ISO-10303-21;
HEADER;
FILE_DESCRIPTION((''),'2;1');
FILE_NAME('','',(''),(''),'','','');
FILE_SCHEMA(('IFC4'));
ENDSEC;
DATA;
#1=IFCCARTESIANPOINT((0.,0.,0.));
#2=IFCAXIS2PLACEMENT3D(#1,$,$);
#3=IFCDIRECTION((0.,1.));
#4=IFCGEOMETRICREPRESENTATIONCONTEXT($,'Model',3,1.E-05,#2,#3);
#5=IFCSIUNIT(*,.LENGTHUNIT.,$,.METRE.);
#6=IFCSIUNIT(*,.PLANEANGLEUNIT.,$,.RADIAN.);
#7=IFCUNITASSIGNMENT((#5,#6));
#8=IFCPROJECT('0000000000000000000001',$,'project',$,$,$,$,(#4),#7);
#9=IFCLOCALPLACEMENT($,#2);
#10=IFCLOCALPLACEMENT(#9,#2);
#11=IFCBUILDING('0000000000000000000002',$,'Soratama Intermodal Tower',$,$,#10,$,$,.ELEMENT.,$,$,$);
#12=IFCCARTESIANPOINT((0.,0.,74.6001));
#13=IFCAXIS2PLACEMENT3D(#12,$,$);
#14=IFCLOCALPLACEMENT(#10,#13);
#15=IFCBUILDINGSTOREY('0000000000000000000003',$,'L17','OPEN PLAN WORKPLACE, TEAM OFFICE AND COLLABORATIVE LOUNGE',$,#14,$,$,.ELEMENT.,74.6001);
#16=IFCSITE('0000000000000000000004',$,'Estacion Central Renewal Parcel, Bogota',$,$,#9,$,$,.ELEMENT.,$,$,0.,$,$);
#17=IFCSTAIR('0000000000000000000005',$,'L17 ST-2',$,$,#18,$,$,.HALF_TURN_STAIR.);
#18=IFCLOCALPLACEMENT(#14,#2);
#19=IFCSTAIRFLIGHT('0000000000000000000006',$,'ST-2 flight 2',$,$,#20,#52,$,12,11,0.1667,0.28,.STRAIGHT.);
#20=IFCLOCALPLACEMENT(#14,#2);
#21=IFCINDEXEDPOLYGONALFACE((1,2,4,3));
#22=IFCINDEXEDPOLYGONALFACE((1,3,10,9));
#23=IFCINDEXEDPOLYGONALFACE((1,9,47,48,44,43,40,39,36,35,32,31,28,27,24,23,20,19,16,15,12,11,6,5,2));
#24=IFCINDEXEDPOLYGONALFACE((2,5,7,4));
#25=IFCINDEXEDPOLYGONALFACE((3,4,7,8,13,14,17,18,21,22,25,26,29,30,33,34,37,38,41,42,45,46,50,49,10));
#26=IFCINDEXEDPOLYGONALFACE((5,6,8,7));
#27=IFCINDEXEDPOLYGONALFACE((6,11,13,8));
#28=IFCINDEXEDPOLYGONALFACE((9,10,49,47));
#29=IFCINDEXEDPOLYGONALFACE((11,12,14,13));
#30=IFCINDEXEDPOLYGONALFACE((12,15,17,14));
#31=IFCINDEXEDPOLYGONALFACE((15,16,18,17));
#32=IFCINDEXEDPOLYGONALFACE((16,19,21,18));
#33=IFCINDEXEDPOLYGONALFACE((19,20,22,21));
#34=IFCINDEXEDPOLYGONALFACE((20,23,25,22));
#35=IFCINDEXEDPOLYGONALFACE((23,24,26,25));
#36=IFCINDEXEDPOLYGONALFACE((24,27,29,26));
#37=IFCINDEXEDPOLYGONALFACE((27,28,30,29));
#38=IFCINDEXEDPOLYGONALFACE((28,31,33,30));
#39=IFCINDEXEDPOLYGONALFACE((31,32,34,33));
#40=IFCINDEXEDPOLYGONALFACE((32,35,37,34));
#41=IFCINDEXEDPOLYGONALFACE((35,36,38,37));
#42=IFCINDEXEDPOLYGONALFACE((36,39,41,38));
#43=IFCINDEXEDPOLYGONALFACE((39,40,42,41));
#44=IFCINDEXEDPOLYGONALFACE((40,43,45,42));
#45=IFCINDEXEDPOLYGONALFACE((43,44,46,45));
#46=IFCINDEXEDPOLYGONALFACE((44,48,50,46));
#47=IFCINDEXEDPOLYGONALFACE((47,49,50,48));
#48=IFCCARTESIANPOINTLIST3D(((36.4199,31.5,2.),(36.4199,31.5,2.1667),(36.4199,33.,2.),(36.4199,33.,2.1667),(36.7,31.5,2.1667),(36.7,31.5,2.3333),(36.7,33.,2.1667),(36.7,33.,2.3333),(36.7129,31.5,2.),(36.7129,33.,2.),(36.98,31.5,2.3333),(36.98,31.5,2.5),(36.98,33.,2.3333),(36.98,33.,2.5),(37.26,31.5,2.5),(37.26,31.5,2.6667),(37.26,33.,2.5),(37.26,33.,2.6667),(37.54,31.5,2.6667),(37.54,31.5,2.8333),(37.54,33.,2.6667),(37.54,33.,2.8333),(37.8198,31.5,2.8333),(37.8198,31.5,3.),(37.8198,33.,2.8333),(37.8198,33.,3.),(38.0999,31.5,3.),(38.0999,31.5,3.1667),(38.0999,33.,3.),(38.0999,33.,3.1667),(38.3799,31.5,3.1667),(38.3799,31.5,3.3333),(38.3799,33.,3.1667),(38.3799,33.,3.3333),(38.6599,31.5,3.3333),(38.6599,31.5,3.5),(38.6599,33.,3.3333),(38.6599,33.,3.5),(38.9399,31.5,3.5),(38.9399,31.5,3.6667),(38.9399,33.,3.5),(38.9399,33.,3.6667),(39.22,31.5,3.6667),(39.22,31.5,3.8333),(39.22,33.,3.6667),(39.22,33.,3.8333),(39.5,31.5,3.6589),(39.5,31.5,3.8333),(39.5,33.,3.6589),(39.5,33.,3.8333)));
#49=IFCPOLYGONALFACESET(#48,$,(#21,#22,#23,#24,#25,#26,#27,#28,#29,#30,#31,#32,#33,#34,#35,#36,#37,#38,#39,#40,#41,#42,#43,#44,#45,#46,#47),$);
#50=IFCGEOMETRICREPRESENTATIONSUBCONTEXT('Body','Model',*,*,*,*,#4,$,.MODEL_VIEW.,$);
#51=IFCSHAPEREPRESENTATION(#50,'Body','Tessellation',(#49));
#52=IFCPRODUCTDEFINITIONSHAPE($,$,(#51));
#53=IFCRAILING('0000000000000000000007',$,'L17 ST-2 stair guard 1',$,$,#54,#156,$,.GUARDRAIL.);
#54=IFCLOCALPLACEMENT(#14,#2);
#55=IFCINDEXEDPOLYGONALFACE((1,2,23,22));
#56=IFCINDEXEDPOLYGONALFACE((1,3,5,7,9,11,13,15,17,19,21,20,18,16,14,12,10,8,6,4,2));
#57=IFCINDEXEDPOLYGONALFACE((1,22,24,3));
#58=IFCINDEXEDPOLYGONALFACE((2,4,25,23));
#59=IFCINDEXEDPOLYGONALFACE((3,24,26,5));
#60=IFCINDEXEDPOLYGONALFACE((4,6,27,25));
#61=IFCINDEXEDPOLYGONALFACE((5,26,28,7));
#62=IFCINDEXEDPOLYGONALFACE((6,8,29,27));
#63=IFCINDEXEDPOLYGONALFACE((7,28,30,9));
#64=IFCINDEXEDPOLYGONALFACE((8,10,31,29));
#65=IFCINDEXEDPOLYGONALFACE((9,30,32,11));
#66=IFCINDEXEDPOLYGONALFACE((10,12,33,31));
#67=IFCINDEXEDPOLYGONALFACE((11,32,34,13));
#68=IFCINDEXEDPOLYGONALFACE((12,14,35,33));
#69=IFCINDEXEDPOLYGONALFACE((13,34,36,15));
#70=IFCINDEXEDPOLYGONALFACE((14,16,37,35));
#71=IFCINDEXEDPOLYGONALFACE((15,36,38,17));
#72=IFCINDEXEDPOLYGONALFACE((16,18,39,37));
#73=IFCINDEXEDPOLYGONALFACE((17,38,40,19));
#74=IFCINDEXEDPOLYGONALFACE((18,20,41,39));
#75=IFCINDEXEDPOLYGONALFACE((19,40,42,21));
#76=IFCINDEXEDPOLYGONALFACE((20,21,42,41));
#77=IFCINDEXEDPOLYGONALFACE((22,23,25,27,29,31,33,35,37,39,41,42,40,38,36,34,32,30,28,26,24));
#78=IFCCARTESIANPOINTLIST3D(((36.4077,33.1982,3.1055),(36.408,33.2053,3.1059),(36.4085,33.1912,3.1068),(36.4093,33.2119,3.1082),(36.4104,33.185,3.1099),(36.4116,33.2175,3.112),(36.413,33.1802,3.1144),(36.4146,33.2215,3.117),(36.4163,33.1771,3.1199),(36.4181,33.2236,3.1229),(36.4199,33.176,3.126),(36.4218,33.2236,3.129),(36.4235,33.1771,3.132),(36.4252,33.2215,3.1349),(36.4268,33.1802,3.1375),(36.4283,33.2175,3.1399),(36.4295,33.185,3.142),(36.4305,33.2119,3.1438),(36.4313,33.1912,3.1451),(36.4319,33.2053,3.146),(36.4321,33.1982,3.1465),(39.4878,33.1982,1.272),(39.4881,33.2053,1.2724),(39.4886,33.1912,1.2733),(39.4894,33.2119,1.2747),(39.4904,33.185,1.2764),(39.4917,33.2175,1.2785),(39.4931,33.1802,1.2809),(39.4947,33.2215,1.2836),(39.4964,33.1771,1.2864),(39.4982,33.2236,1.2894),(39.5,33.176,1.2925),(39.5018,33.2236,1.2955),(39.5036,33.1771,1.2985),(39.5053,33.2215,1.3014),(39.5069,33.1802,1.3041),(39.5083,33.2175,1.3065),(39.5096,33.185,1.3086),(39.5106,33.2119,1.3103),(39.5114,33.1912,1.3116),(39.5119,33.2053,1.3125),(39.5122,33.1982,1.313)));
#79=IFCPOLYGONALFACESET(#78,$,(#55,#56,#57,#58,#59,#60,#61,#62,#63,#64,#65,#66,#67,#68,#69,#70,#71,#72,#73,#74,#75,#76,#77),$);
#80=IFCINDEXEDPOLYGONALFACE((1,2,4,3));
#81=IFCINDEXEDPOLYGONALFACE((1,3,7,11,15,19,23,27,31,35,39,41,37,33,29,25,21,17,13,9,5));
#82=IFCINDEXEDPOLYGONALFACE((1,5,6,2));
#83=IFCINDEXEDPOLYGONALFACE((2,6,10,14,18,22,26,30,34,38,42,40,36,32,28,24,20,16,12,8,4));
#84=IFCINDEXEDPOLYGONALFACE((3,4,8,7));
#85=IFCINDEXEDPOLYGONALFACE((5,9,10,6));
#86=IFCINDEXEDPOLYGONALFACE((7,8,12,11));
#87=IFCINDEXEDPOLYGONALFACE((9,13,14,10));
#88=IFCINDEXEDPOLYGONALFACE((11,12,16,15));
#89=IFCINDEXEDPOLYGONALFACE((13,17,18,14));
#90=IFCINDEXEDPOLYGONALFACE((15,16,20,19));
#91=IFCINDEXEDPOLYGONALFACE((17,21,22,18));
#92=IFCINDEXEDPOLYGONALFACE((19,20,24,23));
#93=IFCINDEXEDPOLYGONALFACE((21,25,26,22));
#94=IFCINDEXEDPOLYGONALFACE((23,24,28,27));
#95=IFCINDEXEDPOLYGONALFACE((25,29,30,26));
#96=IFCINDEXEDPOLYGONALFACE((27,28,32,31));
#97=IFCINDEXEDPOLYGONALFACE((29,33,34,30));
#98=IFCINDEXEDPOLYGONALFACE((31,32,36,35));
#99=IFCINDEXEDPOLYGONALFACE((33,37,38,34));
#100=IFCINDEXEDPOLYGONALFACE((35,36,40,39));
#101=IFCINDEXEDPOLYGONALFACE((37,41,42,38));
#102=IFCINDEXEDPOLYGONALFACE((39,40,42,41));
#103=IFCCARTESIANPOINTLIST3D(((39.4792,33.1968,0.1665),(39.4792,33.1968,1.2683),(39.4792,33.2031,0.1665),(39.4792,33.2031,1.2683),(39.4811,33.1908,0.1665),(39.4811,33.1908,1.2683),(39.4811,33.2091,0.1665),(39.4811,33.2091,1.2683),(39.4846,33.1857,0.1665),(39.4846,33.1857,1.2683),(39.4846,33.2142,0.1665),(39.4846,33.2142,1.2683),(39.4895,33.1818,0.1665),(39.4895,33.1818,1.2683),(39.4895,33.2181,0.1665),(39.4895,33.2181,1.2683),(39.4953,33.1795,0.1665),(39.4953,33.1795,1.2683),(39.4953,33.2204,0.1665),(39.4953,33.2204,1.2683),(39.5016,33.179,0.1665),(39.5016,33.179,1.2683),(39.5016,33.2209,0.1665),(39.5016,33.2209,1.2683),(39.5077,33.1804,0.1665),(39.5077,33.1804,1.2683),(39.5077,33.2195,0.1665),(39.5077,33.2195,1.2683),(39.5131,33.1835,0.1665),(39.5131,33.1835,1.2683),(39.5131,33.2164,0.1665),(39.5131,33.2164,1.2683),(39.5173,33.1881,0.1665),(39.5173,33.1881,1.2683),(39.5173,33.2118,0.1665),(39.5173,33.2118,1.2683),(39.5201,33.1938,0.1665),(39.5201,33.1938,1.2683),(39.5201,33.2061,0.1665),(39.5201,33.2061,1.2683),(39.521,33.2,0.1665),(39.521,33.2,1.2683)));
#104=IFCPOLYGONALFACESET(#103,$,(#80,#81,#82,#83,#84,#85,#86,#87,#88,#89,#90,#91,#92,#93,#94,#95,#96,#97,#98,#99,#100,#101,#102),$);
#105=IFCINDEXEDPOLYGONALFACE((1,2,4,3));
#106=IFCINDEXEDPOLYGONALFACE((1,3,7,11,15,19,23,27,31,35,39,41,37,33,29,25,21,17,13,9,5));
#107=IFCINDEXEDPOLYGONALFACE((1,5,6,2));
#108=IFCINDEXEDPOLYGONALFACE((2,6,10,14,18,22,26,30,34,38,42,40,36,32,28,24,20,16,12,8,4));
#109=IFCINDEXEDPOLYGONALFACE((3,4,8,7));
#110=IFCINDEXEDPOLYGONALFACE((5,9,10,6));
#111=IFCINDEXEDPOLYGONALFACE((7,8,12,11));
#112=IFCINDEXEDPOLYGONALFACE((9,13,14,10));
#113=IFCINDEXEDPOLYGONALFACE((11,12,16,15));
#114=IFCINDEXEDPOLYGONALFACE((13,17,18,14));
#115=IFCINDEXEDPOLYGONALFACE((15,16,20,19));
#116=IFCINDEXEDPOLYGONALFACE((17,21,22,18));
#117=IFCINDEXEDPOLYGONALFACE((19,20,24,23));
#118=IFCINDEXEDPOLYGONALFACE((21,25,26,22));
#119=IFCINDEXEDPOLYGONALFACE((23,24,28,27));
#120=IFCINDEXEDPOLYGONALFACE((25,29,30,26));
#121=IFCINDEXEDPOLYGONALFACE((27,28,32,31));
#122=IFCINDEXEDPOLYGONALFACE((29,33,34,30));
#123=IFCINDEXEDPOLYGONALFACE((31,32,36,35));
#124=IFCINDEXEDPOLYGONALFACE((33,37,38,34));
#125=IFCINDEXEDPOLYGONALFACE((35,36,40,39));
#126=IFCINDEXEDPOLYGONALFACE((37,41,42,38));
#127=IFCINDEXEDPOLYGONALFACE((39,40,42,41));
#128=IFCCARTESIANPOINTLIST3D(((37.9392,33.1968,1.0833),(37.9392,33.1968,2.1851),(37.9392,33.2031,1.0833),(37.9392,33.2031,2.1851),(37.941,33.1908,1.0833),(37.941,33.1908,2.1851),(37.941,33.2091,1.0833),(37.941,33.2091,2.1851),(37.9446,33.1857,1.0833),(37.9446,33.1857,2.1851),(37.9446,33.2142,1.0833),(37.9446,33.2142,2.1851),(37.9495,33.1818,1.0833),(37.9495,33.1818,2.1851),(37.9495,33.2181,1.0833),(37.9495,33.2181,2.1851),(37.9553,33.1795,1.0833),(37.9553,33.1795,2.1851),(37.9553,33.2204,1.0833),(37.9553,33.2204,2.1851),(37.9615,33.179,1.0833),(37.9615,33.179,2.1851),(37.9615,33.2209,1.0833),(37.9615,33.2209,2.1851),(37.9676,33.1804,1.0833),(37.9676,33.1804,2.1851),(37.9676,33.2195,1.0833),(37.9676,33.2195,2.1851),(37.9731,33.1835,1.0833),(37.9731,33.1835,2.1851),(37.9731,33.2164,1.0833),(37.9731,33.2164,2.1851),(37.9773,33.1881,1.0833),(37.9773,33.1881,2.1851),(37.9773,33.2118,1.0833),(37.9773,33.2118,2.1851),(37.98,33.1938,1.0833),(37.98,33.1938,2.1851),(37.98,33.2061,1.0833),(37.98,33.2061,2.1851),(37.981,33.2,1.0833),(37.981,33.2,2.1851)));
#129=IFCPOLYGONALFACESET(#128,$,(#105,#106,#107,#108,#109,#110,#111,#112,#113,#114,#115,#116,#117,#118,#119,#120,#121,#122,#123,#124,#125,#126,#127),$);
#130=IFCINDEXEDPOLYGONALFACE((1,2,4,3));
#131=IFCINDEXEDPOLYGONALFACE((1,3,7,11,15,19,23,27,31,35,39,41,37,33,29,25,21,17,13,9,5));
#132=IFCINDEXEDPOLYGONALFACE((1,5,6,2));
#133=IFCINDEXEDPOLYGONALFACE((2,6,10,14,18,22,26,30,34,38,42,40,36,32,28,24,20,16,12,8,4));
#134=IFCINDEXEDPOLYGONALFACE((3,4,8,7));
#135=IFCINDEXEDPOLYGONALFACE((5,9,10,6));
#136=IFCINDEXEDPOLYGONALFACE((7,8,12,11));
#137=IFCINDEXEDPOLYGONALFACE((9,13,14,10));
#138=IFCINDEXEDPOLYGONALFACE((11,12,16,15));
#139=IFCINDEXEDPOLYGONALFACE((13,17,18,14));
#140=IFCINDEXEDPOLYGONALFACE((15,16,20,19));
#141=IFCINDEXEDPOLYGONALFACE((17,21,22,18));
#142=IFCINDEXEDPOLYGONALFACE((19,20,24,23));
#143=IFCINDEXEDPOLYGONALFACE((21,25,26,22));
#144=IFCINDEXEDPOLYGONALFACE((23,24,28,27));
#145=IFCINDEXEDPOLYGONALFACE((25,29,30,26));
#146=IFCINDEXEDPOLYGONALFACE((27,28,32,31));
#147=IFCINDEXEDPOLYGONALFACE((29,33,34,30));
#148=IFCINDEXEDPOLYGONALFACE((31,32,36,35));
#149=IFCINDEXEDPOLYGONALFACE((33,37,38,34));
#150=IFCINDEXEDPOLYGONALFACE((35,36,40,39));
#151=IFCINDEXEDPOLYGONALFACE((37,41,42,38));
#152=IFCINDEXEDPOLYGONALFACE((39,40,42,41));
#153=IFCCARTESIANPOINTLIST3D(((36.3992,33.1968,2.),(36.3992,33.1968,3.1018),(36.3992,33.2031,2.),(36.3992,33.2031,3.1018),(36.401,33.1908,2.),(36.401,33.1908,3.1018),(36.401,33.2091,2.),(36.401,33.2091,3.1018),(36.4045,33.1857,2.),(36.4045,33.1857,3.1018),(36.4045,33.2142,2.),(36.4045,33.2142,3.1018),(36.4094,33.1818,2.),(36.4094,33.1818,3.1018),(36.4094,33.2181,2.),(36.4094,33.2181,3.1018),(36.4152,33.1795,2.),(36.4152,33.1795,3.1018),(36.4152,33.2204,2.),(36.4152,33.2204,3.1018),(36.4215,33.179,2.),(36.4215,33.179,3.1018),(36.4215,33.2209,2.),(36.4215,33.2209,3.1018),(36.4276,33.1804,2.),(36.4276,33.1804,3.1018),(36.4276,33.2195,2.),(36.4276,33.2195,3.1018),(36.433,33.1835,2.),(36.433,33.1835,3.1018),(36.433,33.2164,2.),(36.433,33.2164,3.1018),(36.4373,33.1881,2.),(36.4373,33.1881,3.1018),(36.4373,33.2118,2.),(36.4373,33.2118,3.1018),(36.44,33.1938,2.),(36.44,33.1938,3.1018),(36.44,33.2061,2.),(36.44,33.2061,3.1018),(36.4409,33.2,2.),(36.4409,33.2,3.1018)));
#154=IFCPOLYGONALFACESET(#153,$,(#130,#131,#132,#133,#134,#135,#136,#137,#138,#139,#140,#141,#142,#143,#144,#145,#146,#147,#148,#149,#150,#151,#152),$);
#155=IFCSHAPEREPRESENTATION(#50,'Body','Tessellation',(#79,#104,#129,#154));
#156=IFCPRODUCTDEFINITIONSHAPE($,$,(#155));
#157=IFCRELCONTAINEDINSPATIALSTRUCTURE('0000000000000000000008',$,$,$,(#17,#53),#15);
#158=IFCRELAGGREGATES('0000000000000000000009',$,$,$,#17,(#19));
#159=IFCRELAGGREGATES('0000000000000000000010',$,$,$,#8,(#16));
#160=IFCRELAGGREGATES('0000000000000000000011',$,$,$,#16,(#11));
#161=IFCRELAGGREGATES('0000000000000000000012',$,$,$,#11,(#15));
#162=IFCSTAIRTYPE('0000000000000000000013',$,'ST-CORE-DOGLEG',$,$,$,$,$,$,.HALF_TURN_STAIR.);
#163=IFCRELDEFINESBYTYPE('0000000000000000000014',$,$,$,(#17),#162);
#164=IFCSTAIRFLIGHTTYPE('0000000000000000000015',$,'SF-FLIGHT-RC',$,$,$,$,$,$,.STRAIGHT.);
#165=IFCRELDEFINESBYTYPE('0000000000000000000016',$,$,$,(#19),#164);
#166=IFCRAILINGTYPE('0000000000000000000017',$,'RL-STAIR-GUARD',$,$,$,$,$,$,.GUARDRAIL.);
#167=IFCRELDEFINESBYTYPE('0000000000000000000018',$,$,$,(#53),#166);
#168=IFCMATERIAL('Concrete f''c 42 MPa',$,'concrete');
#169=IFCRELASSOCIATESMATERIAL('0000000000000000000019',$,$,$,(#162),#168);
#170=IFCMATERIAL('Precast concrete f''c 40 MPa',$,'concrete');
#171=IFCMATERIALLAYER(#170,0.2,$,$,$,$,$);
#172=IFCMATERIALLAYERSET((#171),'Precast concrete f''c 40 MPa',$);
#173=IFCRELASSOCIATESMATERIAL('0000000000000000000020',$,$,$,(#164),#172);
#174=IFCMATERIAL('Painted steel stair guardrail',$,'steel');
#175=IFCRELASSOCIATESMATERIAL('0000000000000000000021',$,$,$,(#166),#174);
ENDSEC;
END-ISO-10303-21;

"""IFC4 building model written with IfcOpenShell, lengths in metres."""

from ifc_helpers import new_model, si_unit, direction, frame, origin, origin_2d, place, context, subcontext, project, spatial, polyline, circle, outline, extrude, material, layer, layer_set, type_object, element, aggregate, save


model = new_model("IFC4")

# Units and contexts
model_context = context("Model", 3, precision=1e-05, world=origin(), true_north=direction((0.0, 1.0)))
body_context = subcontext(model_context, "Body", "Model", "MODEL_VIEW")
ifc_project = project(units=[si_unit("LENGTHUNIT", "METRE"), si_unit("PLANEANGLEUNIT", "RADIAN")], contexts=[model_context])

# Site, building, storey
site_placement = place(None, origin())
site = spatial("IfcSite", under=ifc_project, at=site_placement, Name="Estacion Central Renewal Parcel, Bogota", CompositionType="ELEMENT", RefElevation=0.0)
building_placement = place(site_placement, origin())
building = spatial("IfcBuilding", under=site, at=building_placement, Name="Soratama Intermodal Tower", CompositionType="ELEMENT")
storey_placement = place(building_placement, frame((0.0, 0.0, 74.6001)))
storey = spatial("IfcBuildingStorey", under=building, at=storey_placement, Name="L17", Description="OPEN PLAN WORKPLACE, TEAM OFFICE AND COLLABORATIVE LOUNGE", CompositionType="ELEMENT", Elevation=74.6001)

# Stair, stair flight
ifc_material_1 = material(Name="Concrete f'c 42 MPa", Category="concrete")
stair_type = type_object("IfcStairType", Name="ST-CORE-DOGLEG", PredefinedType="HALF_TURN_STAIR", material=ifc_material_1)
stair_placement = place(storey_placement, origin())
stair = element("IfcStair", 1, at=stair_placement, inside=storey, type_object=stair_type, Name="L17 ST-2", PredefinedType="HALF_TURN_STAIR")
ifc_material_2 = material(Name="Precast concrete f'c 40 MPa", Category="concrete")
ifc_layer_1 = layer(ifc_material_2, 0.2)
ifc_layer_set_1 = layer_set([ifc_layer_1], Name="Precast concrete f'c 40 MPa")
stair_flight_type = type_object("IfcStairFlightType", Name="SF-FLIGHT-RC", PredefinedType="STRAIGHT", material=ifc_layer_set_1)
stair_flight_placement = place(storey_placement, frame((36.4199, 32.25, 2.0), z_axis=(0.0, 0.0, 1.0), x_axis=(1.0, 0.0, 0.0)))
stair_flight = element("IfcStairFlight", 2, at=stair_flight_placement, type_object=stair_flight_type, Name="ST-2 flight 2", NumberOfRisers=12, NumberOfTreads=11, PredefinedType="STRAIGHT", RiserHeight=0.1667, TreadLength=0.28, context=body_context, shape_type="SweptSolid", body=[
    extrude(outline(polyline([(0.0, 0.0), (0.0, 0.1667), (0.28, 0.1667), (0.28, 0.3333), (0.5601, 0.3333), (0.5601, 0.5), (0.8401, 0.5), (0.8401, 0.6667), (1.1201, 0.6667), (1.1201, 0.8333), (1.3999, 0.8333), (1.3999, 1.0), (1.6799, 1.0), (1.6799, 1.1667), (1.96, 1.1667), (1.96, 1.3333), (2.24, 1.3333), (2.24, 1.5), (2.52, 1.5), (2.52, 1.6667), (2.8, 1.6667), (2.8, 1.8333), (3.0801, 1.8333), (3.0801, 2.0), (3.0801, 1.6589), (0.293, 0.0), (0.0, 0.0)])), frame((0.0, 0.75, 0.0), z_axis=(0.0, -1.0, 0.0), x_axis=(1.0, 0.0, 0.0)), (0.0, 0.0, 1.0), 1.5),
])
aggregate(stair, [stair_flight])

# Railing
ifc_material_3 = material(Name="Painted steel stair guardrail", Category="steel")
railing_type_1 = type_object("IfcRailingType", Name="RL-STAIR-GUARD", PredefinedType="GUARDRAIL", material=ifc_material_3)
railing_1_placement = place(storey_placement, frame((39.5, 33.2, 0.1665)))
element("IfcRailing", 3, at=railing_1_placement, inside=storey, type_object=railing_type_1, Name="L17 ST-2 stair guard 1", PredefinedType="GUARDRAIL", context=body_context, shape_type="SweptSolid", body=[
    extrude(circle(Radius=0.0239, at=origin_2d()), frame((0.0, 0.0, 1.126), z_axis=(-0.859279, 0.0, 0.511508), x_axis=(0.0, -1.0, 0.0)), (0.0, 0.0, 1.0), 3.5845),
    extrude(circle(Radius=0.021, at=origin_2d()), origin(), (0.0, 0.0, 1.0), 1.1018),
    extrude(circle(Radius=0.021, at=origin_2d()), frame((-1.54, 0.0, 0.9167)), (0.0, 0.0, 1.0), 1.1018),
    extrude(circle(Radius=0.021, at=origin_2d()), frame((-3.0801, 0.0, 1.8335)), (0.0, 0.0, 1.0), 1.1018),
])

save(model, "model.ifc")
